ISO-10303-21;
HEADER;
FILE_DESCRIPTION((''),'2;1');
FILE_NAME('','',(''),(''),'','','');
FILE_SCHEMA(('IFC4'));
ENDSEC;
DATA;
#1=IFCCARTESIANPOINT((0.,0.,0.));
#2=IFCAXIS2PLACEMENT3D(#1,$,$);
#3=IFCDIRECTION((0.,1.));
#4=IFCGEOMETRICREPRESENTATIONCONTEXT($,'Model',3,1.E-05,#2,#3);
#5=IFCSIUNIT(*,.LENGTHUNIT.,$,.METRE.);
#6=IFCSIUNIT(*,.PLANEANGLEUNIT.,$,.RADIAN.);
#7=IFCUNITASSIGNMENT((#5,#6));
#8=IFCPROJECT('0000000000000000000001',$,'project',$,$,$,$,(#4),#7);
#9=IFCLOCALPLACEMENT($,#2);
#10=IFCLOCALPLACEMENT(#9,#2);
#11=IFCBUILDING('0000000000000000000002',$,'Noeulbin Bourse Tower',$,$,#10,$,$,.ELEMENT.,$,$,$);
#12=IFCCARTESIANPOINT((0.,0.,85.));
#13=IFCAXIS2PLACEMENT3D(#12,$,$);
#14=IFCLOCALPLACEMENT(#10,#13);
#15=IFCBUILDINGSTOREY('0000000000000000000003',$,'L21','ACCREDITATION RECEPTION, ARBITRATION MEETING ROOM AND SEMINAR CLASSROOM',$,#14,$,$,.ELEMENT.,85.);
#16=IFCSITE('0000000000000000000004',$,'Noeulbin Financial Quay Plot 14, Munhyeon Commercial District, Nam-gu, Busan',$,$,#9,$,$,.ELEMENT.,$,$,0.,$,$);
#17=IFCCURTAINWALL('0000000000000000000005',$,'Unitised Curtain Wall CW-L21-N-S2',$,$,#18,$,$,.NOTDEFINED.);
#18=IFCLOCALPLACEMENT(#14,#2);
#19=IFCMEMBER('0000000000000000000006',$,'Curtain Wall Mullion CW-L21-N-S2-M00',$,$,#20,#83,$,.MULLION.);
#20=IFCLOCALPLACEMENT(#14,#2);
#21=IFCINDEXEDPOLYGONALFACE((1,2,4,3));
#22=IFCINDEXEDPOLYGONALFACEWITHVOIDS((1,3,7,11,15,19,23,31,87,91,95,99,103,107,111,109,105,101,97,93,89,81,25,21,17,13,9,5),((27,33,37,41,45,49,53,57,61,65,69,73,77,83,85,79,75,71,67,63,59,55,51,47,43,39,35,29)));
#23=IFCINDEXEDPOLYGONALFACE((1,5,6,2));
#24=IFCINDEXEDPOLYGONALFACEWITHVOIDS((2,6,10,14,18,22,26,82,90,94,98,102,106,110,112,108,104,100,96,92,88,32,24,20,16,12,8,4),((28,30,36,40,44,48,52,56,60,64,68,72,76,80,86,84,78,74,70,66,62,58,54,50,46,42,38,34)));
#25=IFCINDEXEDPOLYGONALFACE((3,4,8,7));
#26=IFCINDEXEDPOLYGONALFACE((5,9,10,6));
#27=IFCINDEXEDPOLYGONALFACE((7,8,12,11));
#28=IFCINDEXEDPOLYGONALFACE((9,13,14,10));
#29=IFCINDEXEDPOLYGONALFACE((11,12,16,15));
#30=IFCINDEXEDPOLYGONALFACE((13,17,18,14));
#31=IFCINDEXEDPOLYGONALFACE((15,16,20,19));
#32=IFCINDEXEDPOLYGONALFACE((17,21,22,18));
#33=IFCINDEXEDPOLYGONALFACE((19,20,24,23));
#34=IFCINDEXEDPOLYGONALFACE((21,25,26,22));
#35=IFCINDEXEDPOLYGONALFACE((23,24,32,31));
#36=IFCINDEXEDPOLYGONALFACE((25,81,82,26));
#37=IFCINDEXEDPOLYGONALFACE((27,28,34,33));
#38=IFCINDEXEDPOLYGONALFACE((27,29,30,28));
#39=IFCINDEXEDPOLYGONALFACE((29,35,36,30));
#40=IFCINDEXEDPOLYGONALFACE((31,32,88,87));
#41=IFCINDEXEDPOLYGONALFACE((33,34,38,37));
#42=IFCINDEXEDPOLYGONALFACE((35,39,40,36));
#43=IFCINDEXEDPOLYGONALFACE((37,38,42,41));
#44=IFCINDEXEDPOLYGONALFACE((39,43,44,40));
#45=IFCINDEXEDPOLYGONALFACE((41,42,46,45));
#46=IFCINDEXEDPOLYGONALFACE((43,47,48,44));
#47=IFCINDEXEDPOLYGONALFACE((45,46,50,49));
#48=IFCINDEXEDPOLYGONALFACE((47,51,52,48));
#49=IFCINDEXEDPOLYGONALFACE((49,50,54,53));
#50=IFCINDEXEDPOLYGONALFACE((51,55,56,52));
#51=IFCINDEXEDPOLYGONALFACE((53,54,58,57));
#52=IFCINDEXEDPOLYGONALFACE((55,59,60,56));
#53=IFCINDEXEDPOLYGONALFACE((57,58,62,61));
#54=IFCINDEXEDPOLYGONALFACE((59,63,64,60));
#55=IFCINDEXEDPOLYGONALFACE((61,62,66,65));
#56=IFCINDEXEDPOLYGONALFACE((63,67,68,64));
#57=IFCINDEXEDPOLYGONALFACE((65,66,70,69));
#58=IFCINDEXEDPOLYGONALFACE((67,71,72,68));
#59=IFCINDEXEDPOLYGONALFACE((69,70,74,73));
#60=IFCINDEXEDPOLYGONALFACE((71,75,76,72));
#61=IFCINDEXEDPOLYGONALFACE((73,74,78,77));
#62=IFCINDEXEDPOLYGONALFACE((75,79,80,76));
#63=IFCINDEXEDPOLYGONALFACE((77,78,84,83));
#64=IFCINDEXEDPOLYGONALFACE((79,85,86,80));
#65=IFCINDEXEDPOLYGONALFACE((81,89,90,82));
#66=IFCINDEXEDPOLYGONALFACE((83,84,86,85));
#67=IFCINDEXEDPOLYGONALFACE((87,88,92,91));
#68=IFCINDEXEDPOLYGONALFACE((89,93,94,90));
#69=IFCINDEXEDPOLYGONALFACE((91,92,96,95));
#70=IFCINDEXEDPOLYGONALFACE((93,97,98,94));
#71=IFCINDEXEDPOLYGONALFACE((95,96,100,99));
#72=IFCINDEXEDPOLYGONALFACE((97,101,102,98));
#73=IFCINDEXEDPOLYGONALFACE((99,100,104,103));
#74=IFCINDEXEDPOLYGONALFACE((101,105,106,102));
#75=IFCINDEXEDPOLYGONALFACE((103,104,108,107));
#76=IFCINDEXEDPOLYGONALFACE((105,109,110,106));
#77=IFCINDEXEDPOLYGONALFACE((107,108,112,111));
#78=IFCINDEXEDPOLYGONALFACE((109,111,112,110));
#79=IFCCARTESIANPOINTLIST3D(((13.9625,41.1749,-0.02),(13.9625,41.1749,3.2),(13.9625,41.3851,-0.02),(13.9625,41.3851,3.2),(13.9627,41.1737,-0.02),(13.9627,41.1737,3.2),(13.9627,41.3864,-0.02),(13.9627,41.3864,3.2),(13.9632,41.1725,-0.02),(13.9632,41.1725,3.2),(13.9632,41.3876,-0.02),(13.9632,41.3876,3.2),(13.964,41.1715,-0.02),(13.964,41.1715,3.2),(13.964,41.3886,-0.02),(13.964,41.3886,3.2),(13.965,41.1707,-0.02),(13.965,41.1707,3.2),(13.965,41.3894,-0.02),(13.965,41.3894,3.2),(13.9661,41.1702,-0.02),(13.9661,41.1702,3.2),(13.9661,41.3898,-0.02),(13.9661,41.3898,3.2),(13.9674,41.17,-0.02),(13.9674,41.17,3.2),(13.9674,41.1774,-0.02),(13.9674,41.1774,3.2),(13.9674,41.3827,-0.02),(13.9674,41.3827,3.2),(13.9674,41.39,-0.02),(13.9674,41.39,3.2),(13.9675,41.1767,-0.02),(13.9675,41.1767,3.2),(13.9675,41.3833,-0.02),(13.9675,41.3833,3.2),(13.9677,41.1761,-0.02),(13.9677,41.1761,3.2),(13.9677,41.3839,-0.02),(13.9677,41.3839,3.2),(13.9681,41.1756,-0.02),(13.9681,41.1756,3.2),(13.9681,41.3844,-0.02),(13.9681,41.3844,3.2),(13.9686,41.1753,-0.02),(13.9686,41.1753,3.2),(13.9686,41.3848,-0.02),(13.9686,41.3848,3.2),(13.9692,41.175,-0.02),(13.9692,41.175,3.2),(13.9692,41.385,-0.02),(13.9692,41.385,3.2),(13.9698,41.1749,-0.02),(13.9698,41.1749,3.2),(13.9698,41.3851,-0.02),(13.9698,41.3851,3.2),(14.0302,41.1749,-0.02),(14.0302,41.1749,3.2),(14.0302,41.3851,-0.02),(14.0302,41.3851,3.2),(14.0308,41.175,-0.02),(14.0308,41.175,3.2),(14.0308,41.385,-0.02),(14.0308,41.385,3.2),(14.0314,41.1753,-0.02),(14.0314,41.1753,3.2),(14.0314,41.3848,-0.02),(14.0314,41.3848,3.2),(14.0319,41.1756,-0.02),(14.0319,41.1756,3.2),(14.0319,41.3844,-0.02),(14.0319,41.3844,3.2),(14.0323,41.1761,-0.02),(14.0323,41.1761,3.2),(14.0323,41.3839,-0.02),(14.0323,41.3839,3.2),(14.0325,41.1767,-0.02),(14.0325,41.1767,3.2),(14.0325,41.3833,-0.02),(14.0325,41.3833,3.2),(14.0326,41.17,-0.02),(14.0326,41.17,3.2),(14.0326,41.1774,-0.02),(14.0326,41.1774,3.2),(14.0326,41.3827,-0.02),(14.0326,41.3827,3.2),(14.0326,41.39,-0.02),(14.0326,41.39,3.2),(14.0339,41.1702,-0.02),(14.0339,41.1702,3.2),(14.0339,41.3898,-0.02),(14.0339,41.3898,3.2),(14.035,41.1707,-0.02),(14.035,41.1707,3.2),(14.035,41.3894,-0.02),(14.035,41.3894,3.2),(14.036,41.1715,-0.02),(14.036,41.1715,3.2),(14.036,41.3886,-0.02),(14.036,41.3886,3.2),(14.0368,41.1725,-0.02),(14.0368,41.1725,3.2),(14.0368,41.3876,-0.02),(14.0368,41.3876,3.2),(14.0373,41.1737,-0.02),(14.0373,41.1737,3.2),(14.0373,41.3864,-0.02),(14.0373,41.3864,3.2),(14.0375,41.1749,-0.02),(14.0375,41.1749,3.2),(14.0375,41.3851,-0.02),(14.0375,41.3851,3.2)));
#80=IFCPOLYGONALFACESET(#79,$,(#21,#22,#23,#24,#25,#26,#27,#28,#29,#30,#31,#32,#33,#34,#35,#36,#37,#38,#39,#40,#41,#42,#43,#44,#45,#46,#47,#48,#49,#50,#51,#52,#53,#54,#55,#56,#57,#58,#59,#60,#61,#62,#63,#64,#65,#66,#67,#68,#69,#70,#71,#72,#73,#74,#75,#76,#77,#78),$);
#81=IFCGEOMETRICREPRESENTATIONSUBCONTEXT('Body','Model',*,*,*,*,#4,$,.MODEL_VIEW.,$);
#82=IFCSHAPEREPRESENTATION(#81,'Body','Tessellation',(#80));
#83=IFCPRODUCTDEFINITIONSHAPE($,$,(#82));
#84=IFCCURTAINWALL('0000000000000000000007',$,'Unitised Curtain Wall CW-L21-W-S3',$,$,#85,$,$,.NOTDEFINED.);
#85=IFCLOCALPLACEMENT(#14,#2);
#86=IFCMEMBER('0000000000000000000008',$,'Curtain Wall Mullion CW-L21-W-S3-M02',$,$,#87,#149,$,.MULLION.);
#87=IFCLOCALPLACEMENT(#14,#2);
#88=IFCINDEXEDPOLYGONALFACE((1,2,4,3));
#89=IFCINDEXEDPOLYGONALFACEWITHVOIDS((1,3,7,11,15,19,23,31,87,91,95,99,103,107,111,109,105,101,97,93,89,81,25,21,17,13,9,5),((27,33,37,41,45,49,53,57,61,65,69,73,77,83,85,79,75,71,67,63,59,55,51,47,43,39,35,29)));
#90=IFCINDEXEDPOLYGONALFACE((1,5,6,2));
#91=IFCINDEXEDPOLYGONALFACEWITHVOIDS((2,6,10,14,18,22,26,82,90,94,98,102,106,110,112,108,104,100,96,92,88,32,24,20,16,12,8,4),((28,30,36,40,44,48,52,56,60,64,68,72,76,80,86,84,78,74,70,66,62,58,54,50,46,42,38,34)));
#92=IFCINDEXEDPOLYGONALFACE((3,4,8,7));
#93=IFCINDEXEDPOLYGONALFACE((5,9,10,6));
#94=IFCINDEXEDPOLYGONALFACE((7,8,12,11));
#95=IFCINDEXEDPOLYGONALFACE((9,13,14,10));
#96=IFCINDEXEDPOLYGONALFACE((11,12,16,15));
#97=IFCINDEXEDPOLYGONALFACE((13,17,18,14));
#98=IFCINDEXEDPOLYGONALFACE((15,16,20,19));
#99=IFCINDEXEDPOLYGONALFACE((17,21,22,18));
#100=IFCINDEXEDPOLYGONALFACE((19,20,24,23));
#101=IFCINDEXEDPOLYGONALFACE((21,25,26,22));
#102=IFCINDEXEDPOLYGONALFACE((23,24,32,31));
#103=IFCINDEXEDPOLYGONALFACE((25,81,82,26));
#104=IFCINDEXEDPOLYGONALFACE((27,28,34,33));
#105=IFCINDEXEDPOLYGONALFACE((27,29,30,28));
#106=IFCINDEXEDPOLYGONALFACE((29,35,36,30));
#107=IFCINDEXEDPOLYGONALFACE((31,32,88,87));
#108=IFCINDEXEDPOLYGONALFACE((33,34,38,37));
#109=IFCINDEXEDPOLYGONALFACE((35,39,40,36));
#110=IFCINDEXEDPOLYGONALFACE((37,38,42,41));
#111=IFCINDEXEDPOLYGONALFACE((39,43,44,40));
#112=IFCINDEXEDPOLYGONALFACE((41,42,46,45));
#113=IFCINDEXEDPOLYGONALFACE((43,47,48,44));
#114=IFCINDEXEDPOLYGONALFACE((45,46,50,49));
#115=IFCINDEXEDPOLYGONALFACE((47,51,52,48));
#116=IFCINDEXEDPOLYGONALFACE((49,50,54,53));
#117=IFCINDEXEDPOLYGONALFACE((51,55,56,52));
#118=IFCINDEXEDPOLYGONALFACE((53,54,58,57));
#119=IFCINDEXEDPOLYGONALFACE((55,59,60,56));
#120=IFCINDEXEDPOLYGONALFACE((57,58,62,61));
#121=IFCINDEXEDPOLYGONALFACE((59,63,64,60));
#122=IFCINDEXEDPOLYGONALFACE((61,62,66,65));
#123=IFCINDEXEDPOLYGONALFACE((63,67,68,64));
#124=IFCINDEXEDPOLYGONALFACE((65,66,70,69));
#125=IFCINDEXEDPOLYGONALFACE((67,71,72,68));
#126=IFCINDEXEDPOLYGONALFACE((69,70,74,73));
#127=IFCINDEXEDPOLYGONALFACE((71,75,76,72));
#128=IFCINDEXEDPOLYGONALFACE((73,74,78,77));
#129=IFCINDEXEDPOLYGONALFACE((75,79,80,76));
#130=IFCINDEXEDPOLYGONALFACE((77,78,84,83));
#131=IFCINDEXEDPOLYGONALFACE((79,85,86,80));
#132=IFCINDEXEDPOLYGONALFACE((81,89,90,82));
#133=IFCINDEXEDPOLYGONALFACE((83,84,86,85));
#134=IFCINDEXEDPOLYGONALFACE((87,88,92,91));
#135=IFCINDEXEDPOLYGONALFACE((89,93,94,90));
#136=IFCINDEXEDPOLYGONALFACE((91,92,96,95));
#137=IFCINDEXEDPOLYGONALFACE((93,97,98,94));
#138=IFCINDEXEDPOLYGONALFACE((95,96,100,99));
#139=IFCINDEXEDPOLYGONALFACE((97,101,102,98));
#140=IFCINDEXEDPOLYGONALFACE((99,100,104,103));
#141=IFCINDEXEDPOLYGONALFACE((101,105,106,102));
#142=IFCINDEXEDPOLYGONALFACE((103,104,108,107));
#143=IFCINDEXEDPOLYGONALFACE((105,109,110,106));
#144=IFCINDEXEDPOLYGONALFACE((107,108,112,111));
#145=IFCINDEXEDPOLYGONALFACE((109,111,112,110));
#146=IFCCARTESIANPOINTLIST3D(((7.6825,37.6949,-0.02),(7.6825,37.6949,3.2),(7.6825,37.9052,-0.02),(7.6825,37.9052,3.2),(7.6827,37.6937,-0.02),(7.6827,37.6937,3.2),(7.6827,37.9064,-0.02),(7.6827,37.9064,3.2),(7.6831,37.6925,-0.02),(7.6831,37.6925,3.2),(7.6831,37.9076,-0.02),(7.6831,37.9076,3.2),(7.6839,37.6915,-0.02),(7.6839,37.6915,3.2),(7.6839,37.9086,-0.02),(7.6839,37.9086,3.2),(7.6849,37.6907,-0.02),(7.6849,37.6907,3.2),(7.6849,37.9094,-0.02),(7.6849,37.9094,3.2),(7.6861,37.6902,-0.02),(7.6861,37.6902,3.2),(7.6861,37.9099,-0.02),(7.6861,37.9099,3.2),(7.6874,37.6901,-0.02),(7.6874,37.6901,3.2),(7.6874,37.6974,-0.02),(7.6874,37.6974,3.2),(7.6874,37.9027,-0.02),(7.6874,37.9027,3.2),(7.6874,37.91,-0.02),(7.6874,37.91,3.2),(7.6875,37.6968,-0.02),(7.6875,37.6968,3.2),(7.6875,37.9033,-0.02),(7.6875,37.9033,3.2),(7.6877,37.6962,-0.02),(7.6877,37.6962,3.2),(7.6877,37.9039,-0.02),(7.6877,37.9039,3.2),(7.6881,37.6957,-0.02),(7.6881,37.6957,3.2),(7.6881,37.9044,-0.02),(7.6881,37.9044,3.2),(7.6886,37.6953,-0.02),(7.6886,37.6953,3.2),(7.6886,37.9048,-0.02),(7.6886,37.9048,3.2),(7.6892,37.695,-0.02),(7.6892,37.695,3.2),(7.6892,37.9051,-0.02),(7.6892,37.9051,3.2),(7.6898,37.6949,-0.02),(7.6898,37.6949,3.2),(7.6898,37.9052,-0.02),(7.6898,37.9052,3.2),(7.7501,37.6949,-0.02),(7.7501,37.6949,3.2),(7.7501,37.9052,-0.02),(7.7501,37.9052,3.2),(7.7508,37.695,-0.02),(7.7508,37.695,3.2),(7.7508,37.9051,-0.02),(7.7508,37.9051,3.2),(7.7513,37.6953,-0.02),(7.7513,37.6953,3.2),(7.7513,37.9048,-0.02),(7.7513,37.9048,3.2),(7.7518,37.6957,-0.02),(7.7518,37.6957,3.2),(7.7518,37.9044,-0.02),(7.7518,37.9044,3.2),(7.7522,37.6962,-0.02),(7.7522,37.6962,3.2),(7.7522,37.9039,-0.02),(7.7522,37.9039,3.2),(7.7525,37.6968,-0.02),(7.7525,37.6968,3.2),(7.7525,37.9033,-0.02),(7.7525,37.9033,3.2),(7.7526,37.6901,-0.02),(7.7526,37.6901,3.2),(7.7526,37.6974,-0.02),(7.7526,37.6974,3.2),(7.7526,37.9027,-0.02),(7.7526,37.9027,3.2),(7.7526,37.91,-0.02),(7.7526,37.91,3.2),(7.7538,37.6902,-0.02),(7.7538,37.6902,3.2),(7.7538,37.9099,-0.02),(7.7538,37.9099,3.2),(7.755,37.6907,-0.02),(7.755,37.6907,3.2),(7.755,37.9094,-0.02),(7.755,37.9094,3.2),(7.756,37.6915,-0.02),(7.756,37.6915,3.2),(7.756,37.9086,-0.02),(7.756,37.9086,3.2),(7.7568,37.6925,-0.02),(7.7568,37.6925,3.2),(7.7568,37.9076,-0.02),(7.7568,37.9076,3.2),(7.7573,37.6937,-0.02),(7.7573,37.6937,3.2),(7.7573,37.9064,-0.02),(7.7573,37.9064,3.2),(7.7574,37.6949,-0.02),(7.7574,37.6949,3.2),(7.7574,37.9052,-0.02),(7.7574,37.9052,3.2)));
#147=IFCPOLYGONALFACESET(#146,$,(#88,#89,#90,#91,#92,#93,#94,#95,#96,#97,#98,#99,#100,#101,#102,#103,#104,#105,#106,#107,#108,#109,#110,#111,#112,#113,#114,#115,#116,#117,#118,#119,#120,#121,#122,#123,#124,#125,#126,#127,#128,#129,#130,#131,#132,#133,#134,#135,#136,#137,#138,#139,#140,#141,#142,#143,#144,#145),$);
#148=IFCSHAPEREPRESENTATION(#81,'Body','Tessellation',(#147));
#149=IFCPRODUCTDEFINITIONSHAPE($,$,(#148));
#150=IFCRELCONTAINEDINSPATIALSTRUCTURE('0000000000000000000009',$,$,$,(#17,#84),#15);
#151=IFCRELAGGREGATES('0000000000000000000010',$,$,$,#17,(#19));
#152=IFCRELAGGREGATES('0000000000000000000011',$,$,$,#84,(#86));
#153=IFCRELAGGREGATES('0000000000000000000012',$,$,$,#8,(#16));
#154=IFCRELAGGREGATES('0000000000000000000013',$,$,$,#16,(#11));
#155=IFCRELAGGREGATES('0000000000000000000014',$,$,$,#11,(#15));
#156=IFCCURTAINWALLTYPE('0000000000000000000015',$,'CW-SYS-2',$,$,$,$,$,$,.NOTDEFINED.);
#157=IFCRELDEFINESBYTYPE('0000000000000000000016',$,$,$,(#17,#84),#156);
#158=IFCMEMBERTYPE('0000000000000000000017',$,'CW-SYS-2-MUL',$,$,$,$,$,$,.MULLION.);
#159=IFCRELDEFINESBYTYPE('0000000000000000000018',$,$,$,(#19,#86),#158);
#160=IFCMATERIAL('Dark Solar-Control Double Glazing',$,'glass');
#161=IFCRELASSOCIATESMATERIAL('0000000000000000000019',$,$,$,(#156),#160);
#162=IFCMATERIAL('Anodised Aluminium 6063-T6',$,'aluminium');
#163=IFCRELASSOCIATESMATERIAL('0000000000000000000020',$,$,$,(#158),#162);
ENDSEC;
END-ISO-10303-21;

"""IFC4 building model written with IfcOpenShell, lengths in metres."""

from ifc_helpers import new_model, si_unit, direction, frame, origin, origin_2d, place, context, subcontext, project, spatial, hollow_rectangle, extrude, material, material_profile, profile_set, type_object, element, aggregate, save


model = new_model("IFC4")

# Units and contexts
model_context = context("Model", 3, precision=1e-05, world=origin(), true_north=direction((0.0, 1.0)))
body_context = subcontext(model_context, "Body", "Model", "MODEL_VIEW")
ifc_project = project(units=[si_unit("LENGTHUNIT", "METRE"), si_unit("PLANEANGLEUNIT", "RADIAN")], contexts=[model_context])

# Site, building, storey
site_placement = place(None, origin())
site = spatial("IfcSite", under=ifc_project, at=site_placement, Name="Noeulbin Financial Quay Plot 14, Munhyeon Commercial District, Nam-gu, Busan", CompositionType="ELEMENT", RefElevation=0.0)
building_placement = place(site_placement, origin())
building = spatial("IfcBuilding", under=site, at=building_placement, Name="Noeulbin Bourse Tower", CompositionType="ELEMENT")
storey_placement = place(building_placement, frame((0.0, 0.0, 85.0)))
storey = spatial("IfcBuildingStorey", under=building, at=storey_placement, Name="L21", Description="ACCREDITATION RECEPTION, ARBITRATION MEETING ROOM AND SEMINAR CLASSROOM", CompositionType="ELEMENT", Elevation=85.0)

# Shared definitions
ifc_material_1 = material(Name="Dark Solar-Control Double Glazing", Category="glass")
curtain_wall_type = type_object("IfcCurtainWallType", Name="CW-SYS-2", PredefinedType="NOTDEFINED", material=ifc_material_1)
ifc_material_2 = material(Name="Anodised Aluminium 6063-T6", Category="aluminium")
ifc_material_profile_1 = material_profile(ifc_material_2, hollow_rectangle(XDim=0.075, YDim=0.22, WallThickness=0.0049, InnerFilletRadius=0.0024, OuterFilletRadius=0.0049, at=origin_2d()), Name="ALU-MULL-75x220x5", Category="LoadBearing")
ifc_profile_set_1 = profile_set([ifc_material_profile_1], Name="Anodised Aluminium 6063-T6")
member_type_1 = type_object("IfcMemberType", Name="CW-SYS-2-MUL", PredefinedType="MULLION", material=ifc_profile_set_1)

# Curtain walls, members
curtain_wall_1_placement = place(storey_placement, origin())
curtain_wall_1 = element("IfcCurtainWall", 1, at=curtain_wall_1_placement, inside=storey, type_object=curtain_wall_type, Name="Unitised Curtain Wall CW-L21-N-S2", PredefinedType="NOTDEFINED")
member_1_placement = place(storey_placement, frame((14.0, 41.28, -0.02), z_axis=(0.0, 0.0, 1.0), x_axis=(1.0, 0.0, 0.0)))
member_1 = element("IfcMember", 2, at=member_1_placement, type_object=member_type_1, Name="Curtain Wall Mullion CW-L21-N-S2-M00", PredefinedType="MULLION", context=body_context, shape_type="SweptSolid", body=[
    extrude(hollow_rectangle(XDim=0.075, YDim=0.22, WallThickness=0.0049, InnerFilletRadius=0.0024, OuterFilletRadius=0.0049, at=origin_2d()), origin(), (0.0, 0.0, 1.0), 3.22),
])
curtain_wall_2_placement = place(storey_placement, origin())
curtain_wall_2 = element("IfcCurtainWall", 3, at=curtain_wall_2_placement, inside=storey, type_object=curtain_wall_type, Name="Unitised Curtain Wall CW-L21-W-S3", PredefinedType="NOTDEFINED")
member_2_placement = place(storey_placement, frame((7.72, 37.8, -0.02), z_axis=(0.0, 0.0, 1.0), x_axis=(1.0, 0.0, 0.0)))
member_2 = element("IfcMember", 4, at=member_2_placement, type_object=member_type_1, Name="Curtain Wall Mullion CW-L21-W-S3-M02", PredefinedType="MULLION", context=body_context, shape_type="SweptSolid", body=[
    extrude(hollow_rectangle(XDim=0.075, YDim=0.22, WallThickness=0.0049, InnerFilletRadius=0.0024, OuterFilletRadius=0.0049, at=origin_2d()), origin(), (0.0, 0.0, 1.0), 3.22),
])

aggregate(curtain_wall_1, [member_1])

aggregate(curtain_wall_2, [member_2])

save(model, "model.ifc")
